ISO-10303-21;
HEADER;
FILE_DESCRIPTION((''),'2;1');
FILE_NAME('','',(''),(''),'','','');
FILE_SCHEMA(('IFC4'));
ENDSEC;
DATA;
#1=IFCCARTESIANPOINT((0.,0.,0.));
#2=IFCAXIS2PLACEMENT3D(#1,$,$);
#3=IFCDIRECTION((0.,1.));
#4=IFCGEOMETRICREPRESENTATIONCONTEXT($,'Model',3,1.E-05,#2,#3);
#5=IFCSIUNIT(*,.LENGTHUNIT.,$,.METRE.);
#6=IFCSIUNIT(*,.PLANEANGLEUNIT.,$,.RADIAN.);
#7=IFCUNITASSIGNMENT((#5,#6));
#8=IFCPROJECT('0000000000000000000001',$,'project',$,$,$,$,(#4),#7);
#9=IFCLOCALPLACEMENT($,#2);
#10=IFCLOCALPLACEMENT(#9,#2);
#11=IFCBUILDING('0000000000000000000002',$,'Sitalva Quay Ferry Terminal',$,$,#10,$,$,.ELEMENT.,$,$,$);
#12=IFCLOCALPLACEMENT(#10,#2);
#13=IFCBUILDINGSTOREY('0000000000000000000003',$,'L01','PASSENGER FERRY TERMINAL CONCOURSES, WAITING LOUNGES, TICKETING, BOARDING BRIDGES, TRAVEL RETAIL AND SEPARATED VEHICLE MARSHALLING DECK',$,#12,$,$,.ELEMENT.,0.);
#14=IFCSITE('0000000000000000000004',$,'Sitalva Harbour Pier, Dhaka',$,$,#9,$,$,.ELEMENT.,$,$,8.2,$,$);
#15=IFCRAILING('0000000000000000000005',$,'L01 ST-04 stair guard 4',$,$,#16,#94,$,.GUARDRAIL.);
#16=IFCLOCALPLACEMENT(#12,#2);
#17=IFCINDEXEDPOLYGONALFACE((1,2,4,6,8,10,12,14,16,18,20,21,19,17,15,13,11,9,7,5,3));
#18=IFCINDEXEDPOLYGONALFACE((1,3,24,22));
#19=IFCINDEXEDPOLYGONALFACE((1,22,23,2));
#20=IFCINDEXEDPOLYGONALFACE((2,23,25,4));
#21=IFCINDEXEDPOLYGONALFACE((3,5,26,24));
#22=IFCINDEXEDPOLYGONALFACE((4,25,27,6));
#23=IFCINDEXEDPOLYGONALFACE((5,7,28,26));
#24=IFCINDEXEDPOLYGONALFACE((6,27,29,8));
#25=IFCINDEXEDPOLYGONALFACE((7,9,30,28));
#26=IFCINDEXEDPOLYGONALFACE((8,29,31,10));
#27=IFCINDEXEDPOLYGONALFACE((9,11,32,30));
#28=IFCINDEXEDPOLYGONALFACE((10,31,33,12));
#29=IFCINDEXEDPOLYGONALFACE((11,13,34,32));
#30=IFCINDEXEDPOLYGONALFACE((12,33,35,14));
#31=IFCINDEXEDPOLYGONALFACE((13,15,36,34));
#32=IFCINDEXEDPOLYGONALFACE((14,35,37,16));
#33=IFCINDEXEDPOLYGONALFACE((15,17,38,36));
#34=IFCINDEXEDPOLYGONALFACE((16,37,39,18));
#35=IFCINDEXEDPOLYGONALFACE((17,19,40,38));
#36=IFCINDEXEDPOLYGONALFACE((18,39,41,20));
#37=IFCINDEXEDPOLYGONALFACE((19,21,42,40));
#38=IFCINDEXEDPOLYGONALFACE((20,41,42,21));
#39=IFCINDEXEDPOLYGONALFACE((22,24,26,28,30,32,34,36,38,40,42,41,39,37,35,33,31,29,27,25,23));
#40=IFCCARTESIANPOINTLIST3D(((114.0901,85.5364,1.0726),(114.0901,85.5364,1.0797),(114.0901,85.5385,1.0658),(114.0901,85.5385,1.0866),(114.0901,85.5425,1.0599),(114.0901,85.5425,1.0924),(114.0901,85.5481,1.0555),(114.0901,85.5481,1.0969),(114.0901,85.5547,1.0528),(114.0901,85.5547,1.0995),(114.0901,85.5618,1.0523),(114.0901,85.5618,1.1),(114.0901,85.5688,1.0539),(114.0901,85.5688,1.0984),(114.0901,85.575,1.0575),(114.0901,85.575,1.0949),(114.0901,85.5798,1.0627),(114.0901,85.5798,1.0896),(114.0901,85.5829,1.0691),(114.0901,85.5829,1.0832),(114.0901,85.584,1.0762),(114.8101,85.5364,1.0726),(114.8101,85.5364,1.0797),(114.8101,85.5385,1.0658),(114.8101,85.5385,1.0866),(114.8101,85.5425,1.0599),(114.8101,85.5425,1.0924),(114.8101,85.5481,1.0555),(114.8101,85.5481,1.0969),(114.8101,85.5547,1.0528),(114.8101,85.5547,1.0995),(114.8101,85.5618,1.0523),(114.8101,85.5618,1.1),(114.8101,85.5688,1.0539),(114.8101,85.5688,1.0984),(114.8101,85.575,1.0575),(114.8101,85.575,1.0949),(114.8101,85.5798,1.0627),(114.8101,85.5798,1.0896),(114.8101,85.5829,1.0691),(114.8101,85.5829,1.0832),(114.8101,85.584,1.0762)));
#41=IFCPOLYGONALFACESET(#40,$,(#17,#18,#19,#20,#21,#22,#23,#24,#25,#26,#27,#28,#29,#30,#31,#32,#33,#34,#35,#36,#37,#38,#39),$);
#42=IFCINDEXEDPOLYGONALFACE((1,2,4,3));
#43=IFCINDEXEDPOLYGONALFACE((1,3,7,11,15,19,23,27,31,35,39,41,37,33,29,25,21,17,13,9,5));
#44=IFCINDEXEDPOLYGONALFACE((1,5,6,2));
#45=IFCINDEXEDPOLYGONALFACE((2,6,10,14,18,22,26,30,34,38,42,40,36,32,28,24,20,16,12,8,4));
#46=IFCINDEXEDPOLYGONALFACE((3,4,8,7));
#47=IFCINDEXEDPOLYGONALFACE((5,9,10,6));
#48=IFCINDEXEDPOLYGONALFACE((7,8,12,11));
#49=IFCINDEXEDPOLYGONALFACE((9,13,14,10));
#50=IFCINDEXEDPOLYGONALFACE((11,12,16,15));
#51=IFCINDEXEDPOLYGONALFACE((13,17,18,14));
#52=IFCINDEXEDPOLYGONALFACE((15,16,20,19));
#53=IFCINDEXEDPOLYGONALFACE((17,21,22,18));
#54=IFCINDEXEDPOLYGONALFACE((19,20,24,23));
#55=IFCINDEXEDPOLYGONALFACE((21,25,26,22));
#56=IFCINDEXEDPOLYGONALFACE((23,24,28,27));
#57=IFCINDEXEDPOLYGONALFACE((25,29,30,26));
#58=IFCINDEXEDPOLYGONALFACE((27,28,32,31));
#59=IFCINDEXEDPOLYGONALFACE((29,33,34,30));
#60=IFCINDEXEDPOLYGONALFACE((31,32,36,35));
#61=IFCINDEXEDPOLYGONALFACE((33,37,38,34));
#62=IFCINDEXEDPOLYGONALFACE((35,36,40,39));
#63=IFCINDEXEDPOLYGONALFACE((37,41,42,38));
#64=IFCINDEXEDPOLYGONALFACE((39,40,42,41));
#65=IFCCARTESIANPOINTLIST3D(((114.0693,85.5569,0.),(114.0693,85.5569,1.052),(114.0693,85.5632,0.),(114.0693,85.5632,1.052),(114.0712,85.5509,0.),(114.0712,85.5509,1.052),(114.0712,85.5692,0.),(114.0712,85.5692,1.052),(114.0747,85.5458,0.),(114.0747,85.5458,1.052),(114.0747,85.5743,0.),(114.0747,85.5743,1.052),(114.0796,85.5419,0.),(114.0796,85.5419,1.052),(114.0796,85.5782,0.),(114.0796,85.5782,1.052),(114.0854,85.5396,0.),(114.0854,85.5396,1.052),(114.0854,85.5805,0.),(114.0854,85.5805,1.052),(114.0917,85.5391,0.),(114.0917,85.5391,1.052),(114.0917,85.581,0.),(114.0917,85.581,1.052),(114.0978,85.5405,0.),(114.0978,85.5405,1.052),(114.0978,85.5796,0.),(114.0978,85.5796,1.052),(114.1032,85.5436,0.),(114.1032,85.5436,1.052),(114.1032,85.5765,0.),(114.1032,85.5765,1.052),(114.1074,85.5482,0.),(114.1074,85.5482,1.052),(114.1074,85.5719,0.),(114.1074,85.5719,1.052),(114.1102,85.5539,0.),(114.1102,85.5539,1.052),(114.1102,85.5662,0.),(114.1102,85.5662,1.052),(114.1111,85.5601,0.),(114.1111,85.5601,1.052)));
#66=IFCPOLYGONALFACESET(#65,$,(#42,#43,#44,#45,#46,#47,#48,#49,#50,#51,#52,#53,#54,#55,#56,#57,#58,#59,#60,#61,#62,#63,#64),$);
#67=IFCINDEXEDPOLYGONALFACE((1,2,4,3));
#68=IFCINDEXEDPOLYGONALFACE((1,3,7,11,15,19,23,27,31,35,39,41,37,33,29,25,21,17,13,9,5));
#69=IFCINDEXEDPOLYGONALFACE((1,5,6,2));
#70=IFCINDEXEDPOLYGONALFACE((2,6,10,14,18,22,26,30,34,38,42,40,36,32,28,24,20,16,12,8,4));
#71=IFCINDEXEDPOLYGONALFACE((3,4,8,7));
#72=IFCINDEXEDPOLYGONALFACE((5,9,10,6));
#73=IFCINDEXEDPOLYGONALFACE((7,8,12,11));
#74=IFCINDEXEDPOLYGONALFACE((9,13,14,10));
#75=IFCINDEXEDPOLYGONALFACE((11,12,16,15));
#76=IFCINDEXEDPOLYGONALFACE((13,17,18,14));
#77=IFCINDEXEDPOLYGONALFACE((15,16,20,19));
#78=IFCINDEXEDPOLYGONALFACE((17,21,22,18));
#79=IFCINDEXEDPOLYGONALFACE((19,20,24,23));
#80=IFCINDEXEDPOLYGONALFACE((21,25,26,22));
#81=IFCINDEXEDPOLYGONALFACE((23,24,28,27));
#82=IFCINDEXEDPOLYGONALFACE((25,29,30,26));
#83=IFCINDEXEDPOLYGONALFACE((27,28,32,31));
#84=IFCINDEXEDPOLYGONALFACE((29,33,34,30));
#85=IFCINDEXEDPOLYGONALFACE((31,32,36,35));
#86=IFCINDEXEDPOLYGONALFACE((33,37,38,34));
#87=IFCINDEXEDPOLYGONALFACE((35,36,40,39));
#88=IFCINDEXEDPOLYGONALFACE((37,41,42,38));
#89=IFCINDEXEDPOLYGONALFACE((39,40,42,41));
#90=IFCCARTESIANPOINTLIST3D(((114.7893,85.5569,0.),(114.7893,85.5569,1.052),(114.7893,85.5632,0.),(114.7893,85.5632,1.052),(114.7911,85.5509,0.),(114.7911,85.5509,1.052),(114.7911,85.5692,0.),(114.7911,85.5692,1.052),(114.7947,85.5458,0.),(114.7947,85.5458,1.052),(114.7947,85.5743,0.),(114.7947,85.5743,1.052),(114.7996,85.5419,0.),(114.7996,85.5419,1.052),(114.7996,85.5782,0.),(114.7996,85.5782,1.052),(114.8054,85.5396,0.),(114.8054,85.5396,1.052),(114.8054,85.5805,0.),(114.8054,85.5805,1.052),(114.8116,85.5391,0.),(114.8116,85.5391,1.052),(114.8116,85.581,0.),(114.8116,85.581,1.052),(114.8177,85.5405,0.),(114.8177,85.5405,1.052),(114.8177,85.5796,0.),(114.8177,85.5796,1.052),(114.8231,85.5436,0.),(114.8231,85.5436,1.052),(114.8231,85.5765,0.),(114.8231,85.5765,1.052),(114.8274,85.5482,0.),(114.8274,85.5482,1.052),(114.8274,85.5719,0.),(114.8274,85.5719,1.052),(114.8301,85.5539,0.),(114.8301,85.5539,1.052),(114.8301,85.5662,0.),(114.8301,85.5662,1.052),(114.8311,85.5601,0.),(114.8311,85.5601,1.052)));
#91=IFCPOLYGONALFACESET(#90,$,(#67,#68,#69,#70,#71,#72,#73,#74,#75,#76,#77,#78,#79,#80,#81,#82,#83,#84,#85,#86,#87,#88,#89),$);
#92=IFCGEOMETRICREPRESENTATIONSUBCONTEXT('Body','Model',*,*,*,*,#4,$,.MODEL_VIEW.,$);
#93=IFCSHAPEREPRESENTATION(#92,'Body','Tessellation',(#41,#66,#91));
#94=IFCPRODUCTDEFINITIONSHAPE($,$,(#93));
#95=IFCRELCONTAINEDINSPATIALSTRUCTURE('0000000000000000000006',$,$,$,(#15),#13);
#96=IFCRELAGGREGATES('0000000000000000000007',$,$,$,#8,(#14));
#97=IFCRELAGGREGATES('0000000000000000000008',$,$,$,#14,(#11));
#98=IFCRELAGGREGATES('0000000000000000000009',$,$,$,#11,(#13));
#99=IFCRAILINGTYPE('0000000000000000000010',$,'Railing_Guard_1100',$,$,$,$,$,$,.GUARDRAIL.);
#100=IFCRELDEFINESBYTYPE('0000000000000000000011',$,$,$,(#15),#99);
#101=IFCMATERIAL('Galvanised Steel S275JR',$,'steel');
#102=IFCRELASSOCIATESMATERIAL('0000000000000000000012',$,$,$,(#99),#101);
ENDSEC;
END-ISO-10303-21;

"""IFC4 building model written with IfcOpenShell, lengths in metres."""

from ifc_helpers import new_model, si_unit, direction, frame, origin, origin_2d, place, context, subcontext, project, spatial, circle, extrude, material, type_object, element, save


model = new_model("IFC4")

# Units and contexts
model_context = context("Model", 3, precision=1e-05, world=origin(), true_north=direction((0.0, 1.0)))
body_context = subcontext(model_context, "Body", "Model", "MODEL_VIEW")
ifc_project = project(units=[si_unit("LENGTHUNIT", "METRE"), si_unit("PLANEANGLEUNIT", "RADIAN")], contexts=[model_context])

# Site, building, storey
site_placement = place(None, origin())
site = spatial("IfcSite", under=ifc_project, at=site_placement, Name="Sitalva Harbour Pier, Dhaka", CompositionType="ELEMENT", RefElevation=8.2)
building_placement = place(site_placement, origin())
building = spatial("IfcBuilding", under=site, at=building_placement, Name="Sitalva Quay Ferry Terminal", CompositionType="ELEMENT")
storey_placement = place(building_placement, origin())
storey = spatial("IfcBuildingStorey", under=building, at=storey_placement, Name="L01", Description="PASSENGER FERRY TERMINAL CONCOURSES, WAITING LOUNGES, TICKETING, BOARDING BRIDGES, TRAVEL RETAIL AND SEPARATED VEHICLE MARSHALLING DECK", CompositionType="ELEMENT", Elevation=0.0)

# Railing
ifc_material_1 = material(Name="Galvanised Steel S275JR", Category="steel")
railing_type_1 = type_object("IfcRailingType", Name="Railing_Guard_1100", PredefinedType="GUARDRAIL", material=ifc_material_1)
railing_1_placement = place(storey_placement, frame((114.0901, 85.5601, 0.0)))
element("IfcRailing", 1, at=railing_1_placement, inside=storey, type_object=railing_type_1, Name="L01 ST-04 stair guard 4", PredefinedType="GUARDRAIL", context=body_context, shape_type="SweptSolid", body=[
    extrude(circle(Radius=0.0239, at=origin_2d()), frame((0.0, 0.0, 1.0762), z_axis=(1.0, 0.0, 0.0), x_axis=(0.0, 1.0, 0.0)), (0.0, 0.0, 1.0), 0.72),
    extrude(circle(Radius=0.021, at=origin_2d()), origin(), (0.0, 0.0, 1.0), 1.052),
    extrude(circle(Radius=0.021, at=origin_2d()), frame((0.72, 0.0, 0.0)), (0.0, 0.0, 1.0), 1.052),
])

save(model, "model.ifc")
